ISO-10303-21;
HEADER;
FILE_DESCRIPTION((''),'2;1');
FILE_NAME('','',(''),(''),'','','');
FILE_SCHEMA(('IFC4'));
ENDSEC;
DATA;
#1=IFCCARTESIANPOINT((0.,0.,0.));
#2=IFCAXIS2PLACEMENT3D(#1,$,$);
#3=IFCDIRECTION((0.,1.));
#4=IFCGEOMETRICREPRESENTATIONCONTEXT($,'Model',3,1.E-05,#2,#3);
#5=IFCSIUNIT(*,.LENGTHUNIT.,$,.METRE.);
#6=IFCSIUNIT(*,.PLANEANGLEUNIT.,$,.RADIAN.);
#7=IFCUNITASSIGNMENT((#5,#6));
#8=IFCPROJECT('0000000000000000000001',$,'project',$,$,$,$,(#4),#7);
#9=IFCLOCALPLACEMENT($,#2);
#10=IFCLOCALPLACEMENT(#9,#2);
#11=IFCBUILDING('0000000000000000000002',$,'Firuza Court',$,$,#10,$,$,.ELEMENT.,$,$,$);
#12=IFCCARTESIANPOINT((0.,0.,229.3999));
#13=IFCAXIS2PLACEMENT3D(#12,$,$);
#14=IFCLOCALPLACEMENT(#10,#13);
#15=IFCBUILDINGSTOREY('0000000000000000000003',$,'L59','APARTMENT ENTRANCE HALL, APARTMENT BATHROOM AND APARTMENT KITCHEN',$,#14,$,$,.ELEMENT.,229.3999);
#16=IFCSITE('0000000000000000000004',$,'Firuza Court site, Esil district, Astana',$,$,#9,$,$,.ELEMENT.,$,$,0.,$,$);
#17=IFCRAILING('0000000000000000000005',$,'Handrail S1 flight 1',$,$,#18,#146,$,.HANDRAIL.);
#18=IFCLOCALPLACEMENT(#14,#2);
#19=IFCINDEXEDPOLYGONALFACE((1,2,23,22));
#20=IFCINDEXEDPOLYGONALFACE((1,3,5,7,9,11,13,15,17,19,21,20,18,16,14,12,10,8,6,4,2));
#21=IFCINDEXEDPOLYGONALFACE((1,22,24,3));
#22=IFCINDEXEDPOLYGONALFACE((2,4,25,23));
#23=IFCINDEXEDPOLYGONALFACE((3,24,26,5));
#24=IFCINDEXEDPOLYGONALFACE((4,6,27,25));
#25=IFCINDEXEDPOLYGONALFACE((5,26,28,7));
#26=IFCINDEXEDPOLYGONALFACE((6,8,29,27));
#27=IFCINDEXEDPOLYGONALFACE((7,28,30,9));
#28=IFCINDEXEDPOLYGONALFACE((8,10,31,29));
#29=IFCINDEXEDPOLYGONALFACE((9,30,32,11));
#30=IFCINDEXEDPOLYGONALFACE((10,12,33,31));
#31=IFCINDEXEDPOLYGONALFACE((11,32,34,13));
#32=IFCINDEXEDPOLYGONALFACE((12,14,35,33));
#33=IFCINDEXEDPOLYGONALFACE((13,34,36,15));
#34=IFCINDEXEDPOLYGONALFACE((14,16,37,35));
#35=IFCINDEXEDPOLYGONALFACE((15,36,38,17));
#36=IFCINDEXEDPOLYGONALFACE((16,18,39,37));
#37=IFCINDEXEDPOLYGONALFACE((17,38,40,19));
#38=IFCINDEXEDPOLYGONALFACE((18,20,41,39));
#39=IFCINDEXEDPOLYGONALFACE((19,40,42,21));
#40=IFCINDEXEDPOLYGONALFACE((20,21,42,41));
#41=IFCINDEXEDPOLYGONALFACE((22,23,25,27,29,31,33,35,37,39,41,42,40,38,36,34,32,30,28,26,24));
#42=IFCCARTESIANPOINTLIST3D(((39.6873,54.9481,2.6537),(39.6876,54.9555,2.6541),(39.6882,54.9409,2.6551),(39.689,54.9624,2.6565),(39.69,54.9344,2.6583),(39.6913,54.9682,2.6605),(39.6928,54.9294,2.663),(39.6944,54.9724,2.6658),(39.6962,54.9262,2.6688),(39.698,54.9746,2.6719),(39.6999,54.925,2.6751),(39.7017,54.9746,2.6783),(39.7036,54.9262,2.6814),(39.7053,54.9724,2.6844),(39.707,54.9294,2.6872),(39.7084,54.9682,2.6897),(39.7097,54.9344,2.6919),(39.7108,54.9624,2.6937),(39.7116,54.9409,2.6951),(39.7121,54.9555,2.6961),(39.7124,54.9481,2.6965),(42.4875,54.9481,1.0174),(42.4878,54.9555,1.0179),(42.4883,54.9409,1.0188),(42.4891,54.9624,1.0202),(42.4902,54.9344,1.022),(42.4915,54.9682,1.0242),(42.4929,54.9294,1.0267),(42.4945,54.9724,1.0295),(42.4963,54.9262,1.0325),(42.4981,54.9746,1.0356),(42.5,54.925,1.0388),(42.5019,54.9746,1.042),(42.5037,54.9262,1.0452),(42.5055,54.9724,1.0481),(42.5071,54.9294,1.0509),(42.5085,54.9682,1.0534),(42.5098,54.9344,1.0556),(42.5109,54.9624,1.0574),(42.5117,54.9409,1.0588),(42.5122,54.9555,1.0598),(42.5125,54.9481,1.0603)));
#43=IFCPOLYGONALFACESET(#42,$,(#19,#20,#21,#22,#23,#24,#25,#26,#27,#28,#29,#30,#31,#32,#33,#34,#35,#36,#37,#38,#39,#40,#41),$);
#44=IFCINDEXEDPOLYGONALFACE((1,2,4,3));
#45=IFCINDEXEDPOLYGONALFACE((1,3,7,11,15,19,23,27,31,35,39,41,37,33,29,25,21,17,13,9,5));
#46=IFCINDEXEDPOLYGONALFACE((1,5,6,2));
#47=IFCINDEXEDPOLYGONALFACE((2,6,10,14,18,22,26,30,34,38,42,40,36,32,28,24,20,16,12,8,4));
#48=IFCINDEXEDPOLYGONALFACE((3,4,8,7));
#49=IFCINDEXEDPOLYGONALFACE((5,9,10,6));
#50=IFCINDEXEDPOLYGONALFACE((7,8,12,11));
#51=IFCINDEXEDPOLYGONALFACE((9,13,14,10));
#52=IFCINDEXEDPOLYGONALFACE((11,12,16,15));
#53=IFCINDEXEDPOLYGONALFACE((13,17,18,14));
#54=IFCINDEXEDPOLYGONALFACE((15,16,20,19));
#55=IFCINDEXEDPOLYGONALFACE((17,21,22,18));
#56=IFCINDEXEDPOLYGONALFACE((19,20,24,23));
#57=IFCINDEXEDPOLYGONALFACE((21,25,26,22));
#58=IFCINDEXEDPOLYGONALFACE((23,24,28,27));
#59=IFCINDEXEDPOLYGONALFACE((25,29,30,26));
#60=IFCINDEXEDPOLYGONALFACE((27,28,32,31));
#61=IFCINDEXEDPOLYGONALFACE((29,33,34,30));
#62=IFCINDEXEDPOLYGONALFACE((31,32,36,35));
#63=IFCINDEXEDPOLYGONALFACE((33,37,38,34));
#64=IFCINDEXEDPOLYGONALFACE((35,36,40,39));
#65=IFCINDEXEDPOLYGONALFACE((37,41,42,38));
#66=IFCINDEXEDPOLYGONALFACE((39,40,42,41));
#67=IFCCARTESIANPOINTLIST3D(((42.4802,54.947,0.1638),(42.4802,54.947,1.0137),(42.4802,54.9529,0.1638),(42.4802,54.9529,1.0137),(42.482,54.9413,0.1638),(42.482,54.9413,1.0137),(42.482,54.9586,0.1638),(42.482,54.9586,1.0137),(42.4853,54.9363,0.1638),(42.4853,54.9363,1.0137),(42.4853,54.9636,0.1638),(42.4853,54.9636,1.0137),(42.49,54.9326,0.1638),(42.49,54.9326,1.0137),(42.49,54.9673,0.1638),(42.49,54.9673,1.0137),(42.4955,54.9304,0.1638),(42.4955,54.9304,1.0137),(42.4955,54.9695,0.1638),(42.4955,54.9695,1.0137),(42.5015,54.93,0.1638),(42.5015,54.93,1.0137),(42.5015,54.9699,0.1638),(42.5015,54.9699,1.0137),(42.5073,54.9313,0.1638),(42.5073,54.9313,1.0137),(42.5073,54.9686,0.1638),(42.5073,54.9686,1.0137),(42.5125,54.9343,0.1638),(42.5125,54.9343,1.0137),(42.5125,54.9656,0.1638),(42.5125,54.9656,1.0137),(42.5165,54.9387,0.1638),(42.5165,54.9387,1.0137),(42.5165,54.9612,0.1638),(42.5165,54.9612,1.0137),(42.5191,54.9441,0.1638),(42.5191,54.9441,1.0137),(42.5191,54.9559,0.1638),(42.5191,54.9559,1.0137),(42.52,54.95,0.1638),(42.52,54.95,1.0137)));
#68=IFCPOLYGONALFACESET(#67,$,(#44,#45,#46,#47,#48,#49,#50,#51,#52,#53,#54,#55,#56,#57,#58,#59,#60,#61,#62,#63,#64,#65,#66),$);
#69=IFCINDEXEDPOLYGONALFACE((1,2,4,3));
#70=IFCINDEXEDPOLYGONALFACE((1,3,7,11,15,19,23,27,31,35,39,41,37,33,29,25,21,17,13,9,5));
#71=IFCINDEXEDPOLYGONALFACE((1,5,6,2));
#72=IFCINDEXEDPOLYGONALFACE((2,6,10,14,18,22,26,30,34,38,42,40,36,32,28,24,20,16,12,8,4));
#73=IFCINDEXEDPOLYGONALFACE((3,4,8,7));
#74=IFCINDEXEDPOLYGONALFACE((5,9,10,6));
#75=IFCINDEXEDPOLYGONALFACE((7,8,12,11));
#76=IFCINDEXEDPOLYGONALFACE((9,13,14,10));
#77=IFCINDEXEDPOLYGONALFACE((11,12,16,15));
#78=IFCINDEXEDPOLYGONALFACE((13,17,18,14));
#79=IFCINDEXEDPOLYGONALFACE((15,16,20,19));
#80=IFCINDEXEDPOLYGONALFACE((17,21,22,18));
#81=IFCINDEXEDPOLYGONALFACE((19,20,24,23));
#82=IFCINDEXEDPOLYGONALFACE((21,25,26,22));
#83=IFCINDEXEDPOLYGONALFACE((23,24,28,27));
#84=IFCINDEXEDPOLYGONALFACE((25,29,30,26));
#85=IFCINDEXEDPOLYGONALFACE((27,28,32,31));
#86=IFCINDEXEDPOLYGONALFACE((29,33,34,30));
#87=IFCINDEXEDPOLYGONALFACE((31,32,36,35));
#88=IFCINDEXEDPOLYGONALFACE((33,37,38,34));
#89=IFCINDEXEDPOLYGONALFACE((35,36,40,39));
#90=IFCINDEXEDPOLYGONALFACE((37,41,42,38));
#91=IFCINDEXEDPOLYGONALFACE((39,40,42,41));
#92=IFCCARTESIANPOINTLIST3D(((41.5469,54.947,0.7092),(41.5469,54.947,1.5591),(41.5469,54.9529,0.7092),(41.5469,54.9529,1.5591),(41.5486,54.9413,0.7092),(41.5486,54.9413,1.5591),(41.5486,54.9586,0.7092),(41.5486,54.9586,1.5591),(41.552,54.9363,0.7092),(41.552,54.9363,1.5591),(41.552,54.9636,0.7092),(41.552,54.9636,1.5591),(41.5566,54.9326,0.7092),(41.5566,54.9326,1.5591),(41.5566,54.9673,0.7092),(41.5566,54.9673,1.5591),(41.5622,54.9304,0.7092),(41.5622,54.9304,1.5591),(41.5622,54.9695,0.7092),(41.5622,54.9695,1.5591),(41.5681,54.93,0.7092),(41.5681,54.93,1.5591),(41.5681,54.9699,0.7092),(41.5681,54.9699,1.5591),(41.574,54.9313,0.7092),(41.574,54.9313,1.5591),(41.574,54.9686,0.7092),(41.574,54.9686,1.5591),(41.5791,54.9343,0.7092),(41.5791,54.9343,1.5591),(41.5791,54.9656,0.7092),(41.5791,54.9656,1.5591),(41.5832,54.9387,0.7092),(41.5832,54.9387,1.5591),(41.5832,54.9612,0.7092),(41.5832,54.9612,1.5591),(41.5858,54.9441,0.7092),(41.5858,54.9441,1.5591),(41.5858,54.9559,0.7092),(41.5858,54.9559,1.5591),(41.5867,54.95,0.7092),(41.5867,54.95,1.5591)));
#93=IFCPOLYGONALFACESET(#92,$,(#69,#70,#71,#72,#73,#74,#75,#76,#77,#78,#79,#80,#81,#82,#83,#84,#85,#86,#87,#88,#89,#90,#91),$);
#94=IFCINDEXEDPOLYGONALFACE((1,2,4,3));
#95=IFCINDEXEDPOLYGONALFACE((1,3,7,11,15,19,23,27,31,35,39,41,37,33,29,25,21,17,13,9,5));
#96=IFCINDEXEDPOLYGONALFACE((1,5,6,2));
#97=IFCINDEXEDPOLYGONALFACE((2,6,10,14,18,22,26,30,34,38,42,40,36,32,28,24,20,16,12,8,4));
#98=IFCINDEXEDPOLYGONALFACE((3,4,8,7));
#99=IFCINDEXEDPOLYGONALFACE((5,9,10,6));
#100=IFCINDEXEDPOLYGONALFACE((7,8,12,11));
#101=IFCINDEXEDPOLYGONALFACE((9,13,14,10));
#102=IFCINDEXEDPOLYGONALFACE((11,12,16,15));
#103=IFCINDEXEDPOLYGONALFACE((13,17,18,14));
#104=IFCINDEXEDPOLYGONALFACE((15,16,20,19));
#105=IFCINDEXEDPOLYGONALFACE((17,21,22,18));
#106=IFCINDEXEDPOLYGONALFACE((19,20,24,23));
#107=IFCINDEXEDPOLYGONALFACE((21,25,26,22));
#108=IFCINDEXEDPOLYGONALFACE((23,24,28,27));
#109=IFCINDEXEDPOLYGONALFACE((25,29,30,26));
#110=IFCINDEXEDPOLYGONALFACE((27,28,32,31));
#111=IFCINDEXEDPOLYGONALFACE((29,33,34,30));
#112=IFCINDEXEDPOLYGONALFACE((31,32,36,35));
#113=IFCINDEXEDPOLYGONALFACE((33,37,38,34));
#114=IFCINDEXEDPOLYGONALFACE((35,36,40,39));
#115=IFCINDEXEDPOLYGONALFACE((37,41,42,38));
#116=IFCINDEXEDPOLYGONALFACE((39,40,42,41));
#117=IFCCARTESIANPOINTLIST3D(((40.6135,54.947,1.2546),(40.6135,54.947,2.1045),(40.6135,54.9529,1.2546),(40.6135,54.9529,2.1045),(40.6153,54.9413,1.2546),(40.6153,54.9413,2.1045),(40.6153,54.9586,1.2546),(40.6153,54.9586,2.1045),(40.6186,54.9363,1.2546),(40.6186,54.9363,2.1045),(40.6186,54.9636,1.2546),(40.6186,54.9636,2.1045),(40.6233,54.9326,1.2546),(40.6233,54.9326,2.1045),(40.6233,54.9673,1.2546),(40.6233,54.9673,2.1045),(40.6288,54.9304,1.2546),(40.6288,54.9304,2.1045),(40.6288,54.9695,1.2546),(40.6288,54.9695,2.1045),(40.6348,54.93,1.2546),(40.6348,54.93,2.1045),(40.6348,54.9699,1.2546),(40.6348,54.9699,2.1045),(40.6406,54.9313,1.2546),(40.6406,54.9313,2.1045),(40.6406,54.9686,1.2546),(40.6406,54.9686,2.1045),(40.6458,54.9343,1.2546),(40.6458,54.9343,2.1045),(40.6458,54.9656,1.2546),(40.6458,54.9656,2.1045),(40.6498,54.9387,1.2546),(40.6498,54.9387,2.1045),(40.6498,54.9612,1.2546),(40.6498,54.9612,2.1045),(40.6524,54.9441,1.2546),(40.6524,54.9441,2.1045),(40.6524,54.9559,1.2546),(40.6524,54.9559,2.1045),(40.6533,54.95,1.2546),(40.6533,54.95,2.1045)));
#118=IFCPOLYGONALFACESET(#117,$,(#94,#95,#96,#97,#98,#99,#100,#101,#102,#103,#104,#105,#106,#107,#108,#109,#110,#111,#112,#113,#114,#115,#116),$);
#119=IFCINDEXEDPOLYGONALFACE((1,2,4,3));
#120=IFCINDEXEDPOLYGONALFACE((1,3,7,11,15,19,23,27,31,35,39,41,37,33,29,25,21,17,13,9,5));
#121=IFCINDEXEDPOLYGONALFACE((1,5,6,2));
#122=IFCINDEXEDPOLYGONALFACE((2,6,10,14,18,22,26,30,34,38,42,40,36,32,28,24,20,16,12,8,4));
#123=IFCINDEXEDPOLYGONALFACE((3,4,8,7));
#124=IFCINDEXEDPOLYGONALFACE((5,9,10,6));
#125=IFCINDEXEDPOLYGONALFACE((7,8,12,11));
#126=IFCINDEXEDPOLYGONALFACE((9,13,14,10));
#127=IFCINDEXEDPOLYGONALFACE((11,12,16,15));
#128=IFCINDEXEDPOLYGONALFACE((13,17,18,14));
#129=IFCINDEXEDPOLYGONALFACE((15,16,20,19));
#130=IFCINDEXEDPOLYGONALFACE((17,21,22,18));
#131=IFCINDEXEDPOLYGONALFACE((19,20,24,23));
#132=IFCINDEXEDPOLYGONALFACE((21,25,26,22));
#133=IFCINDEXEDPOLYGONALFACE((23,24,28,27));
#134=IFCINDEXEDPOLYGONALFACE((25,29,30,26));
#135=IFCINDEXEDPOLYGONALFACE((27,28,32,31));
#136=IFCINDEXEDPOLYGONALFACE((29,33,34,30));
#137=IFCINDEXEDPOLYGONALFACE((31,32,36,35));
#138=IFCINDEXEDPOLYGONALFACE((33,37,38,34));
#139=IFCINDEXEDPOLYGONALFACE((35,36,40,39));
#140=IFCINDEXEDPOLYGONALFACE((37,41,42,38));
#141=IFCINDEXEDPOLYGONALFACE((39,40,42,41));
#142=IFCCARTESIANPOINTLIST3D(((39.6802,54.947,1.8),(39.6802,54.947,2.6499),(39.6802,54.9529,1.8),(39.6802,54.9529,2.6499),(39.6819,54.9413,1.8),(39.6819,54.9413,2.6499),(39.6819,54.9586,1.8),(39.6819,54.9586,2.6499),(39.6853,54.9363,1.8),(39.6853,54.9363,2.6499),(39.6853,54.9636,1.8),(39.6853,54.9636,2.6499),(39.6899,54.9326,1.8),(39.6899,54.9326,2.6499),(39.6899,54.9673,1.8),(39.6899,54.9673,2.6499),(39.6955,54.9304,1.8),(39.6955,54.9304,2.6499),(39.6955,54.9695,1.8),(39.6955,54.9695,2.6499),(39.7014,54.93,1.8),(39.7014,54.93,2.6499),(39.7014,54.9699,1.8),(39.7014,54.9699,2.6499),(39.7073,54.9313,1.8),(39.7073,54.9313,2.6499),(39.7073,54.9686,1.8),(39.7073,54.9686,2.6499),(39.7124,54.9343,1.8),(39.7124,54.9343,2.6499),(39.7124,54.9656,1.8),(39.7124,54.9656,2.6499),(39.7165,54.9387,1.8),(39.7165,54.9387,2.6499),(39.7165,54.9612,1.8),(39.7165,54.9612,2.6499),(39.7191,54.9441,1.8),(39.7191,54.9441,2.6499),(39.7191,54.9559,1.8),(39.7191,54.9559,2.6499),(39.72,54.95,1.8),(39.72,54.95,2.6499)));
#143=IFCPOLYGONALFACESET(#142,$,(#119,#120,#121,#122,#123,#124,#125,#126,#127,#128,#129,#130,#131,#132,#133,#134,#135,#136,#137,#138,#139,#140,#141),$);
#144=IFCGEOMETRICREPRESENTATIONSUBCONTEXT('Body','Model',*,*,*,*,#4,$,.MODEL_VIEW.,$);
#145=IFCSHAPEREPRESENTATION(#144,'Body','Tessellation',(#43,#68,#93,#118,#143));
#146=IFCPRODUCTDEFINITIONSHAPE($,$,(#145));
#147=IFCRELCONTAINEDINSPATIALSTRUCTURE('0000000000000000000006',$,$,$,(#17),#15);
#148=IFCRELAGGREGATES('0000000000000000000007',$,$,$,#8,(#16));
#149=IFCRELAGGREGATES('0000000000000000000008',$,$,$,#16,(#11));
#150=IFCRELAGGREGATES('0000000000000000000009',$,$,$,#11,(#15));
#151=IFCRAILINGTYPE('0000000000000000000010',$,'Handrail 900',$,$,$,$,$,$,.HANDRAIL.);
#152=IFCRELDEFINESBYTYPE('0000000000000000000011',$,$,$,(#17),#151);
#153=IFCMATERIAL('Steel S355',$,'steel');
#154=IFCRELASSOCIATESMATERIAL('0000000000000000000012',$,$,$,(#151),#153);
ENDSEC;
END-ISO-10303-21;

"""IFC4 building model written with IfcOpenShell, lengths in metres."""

from ifc_helpers import new_model, si_unit, direction, frame, origin, origin_2d, place, context, subcontext, project, spatial, circle, extrude, material, type_object, element, save


model = new_model("IFC4")

# Units and contexts
model_context = context("Model", 3, precision=1e-05, world=origin(), true_north=direction((0.0, 1.0)))
body_context = subcontext(model_context, "Body", "Model", "MODEL_VIEW")
ifc_project = project(units=[si_unit("LENGTHUNIT", "METRE"), si_unit("PLANEANGLEUNIT", "RADIAN")], contexts=[model_context])

# Site, building, storey
site_placement = place(None, origin())
site = spatial("IfcSite", under=ifc_project, at=site_placement, Name="Firuza Court site, Esil district, Astana", CompositionType="ELEMENT", RefElevation=0.0)
building_placement = place(site_placement, origin())
building = spatial("IfcBuilding", under=site, at=building_placement, Name="Firuza Court", CompositionType="ELEMENT")
storey_placement = place(building_placement, frame((0.0, 0.0, 229.3999)))
storey = spatial("IfcBuildingStorey", under=building, at=storey_placement, Name="L59", Description="APARTMENT ENTRANCE HALL, APARTMENT BATHROOM AND APARTMENT KITCHEN", CompositionType="ELEMENT", Elevation=229.3999)

# Railing
ifc_material_1 = material(Name="Steel S355", Category="steel")
railing_type_1 = type_object("IfcRailingType", Name="Handrail 900", PredefinedType="HANDRAIL", material=ifc_material_1)
railing_1_placement = place(storey_placement, frame((42.5, 54.95, 0.1638)))
element("IfcRailing", 1, at=railing_1_placement, inside=storey, type_object=railing_type_1, Name="Handrail S1 flight 1", PredefinedType="HANDRAIL", context=body_context, shape_type="SweptSolid", body=[
    extrude(circle(Radius=0.0249, at=origin_2d()), frame((0.0, 0.0, 0.875), z_axis=(-0.863394, 0.0, 0.504531), x_axis=(0.0, -1.0, 0.0)), (0.0, 0.0, 1.0), 3.2432),
    extrude(circle(Radius=0.02, at=origin_2d()), origin(), (0.0, 0.0, 1.0), 0.8499),
    extrude(circle(Radius=0.02, at=origin_2d()), frame((-0.9333, 0.0, 0.5454)), (0.0, 0.0, 1.0), 0.8499),
    extrude(circle(Radius=0.02, at=origin_2d()), frame((-1.8667, 0.0, 1.0908)), (0.0, 0.0, 1.0), 0.8499),
    extrude(circle(Radius=0.02, at=origin_2d()), frame((-2.8, 0.0, 1.6362)), (0.0, 0.0, 1.0), 0.8499),
])

save(model, "model.ifc")
